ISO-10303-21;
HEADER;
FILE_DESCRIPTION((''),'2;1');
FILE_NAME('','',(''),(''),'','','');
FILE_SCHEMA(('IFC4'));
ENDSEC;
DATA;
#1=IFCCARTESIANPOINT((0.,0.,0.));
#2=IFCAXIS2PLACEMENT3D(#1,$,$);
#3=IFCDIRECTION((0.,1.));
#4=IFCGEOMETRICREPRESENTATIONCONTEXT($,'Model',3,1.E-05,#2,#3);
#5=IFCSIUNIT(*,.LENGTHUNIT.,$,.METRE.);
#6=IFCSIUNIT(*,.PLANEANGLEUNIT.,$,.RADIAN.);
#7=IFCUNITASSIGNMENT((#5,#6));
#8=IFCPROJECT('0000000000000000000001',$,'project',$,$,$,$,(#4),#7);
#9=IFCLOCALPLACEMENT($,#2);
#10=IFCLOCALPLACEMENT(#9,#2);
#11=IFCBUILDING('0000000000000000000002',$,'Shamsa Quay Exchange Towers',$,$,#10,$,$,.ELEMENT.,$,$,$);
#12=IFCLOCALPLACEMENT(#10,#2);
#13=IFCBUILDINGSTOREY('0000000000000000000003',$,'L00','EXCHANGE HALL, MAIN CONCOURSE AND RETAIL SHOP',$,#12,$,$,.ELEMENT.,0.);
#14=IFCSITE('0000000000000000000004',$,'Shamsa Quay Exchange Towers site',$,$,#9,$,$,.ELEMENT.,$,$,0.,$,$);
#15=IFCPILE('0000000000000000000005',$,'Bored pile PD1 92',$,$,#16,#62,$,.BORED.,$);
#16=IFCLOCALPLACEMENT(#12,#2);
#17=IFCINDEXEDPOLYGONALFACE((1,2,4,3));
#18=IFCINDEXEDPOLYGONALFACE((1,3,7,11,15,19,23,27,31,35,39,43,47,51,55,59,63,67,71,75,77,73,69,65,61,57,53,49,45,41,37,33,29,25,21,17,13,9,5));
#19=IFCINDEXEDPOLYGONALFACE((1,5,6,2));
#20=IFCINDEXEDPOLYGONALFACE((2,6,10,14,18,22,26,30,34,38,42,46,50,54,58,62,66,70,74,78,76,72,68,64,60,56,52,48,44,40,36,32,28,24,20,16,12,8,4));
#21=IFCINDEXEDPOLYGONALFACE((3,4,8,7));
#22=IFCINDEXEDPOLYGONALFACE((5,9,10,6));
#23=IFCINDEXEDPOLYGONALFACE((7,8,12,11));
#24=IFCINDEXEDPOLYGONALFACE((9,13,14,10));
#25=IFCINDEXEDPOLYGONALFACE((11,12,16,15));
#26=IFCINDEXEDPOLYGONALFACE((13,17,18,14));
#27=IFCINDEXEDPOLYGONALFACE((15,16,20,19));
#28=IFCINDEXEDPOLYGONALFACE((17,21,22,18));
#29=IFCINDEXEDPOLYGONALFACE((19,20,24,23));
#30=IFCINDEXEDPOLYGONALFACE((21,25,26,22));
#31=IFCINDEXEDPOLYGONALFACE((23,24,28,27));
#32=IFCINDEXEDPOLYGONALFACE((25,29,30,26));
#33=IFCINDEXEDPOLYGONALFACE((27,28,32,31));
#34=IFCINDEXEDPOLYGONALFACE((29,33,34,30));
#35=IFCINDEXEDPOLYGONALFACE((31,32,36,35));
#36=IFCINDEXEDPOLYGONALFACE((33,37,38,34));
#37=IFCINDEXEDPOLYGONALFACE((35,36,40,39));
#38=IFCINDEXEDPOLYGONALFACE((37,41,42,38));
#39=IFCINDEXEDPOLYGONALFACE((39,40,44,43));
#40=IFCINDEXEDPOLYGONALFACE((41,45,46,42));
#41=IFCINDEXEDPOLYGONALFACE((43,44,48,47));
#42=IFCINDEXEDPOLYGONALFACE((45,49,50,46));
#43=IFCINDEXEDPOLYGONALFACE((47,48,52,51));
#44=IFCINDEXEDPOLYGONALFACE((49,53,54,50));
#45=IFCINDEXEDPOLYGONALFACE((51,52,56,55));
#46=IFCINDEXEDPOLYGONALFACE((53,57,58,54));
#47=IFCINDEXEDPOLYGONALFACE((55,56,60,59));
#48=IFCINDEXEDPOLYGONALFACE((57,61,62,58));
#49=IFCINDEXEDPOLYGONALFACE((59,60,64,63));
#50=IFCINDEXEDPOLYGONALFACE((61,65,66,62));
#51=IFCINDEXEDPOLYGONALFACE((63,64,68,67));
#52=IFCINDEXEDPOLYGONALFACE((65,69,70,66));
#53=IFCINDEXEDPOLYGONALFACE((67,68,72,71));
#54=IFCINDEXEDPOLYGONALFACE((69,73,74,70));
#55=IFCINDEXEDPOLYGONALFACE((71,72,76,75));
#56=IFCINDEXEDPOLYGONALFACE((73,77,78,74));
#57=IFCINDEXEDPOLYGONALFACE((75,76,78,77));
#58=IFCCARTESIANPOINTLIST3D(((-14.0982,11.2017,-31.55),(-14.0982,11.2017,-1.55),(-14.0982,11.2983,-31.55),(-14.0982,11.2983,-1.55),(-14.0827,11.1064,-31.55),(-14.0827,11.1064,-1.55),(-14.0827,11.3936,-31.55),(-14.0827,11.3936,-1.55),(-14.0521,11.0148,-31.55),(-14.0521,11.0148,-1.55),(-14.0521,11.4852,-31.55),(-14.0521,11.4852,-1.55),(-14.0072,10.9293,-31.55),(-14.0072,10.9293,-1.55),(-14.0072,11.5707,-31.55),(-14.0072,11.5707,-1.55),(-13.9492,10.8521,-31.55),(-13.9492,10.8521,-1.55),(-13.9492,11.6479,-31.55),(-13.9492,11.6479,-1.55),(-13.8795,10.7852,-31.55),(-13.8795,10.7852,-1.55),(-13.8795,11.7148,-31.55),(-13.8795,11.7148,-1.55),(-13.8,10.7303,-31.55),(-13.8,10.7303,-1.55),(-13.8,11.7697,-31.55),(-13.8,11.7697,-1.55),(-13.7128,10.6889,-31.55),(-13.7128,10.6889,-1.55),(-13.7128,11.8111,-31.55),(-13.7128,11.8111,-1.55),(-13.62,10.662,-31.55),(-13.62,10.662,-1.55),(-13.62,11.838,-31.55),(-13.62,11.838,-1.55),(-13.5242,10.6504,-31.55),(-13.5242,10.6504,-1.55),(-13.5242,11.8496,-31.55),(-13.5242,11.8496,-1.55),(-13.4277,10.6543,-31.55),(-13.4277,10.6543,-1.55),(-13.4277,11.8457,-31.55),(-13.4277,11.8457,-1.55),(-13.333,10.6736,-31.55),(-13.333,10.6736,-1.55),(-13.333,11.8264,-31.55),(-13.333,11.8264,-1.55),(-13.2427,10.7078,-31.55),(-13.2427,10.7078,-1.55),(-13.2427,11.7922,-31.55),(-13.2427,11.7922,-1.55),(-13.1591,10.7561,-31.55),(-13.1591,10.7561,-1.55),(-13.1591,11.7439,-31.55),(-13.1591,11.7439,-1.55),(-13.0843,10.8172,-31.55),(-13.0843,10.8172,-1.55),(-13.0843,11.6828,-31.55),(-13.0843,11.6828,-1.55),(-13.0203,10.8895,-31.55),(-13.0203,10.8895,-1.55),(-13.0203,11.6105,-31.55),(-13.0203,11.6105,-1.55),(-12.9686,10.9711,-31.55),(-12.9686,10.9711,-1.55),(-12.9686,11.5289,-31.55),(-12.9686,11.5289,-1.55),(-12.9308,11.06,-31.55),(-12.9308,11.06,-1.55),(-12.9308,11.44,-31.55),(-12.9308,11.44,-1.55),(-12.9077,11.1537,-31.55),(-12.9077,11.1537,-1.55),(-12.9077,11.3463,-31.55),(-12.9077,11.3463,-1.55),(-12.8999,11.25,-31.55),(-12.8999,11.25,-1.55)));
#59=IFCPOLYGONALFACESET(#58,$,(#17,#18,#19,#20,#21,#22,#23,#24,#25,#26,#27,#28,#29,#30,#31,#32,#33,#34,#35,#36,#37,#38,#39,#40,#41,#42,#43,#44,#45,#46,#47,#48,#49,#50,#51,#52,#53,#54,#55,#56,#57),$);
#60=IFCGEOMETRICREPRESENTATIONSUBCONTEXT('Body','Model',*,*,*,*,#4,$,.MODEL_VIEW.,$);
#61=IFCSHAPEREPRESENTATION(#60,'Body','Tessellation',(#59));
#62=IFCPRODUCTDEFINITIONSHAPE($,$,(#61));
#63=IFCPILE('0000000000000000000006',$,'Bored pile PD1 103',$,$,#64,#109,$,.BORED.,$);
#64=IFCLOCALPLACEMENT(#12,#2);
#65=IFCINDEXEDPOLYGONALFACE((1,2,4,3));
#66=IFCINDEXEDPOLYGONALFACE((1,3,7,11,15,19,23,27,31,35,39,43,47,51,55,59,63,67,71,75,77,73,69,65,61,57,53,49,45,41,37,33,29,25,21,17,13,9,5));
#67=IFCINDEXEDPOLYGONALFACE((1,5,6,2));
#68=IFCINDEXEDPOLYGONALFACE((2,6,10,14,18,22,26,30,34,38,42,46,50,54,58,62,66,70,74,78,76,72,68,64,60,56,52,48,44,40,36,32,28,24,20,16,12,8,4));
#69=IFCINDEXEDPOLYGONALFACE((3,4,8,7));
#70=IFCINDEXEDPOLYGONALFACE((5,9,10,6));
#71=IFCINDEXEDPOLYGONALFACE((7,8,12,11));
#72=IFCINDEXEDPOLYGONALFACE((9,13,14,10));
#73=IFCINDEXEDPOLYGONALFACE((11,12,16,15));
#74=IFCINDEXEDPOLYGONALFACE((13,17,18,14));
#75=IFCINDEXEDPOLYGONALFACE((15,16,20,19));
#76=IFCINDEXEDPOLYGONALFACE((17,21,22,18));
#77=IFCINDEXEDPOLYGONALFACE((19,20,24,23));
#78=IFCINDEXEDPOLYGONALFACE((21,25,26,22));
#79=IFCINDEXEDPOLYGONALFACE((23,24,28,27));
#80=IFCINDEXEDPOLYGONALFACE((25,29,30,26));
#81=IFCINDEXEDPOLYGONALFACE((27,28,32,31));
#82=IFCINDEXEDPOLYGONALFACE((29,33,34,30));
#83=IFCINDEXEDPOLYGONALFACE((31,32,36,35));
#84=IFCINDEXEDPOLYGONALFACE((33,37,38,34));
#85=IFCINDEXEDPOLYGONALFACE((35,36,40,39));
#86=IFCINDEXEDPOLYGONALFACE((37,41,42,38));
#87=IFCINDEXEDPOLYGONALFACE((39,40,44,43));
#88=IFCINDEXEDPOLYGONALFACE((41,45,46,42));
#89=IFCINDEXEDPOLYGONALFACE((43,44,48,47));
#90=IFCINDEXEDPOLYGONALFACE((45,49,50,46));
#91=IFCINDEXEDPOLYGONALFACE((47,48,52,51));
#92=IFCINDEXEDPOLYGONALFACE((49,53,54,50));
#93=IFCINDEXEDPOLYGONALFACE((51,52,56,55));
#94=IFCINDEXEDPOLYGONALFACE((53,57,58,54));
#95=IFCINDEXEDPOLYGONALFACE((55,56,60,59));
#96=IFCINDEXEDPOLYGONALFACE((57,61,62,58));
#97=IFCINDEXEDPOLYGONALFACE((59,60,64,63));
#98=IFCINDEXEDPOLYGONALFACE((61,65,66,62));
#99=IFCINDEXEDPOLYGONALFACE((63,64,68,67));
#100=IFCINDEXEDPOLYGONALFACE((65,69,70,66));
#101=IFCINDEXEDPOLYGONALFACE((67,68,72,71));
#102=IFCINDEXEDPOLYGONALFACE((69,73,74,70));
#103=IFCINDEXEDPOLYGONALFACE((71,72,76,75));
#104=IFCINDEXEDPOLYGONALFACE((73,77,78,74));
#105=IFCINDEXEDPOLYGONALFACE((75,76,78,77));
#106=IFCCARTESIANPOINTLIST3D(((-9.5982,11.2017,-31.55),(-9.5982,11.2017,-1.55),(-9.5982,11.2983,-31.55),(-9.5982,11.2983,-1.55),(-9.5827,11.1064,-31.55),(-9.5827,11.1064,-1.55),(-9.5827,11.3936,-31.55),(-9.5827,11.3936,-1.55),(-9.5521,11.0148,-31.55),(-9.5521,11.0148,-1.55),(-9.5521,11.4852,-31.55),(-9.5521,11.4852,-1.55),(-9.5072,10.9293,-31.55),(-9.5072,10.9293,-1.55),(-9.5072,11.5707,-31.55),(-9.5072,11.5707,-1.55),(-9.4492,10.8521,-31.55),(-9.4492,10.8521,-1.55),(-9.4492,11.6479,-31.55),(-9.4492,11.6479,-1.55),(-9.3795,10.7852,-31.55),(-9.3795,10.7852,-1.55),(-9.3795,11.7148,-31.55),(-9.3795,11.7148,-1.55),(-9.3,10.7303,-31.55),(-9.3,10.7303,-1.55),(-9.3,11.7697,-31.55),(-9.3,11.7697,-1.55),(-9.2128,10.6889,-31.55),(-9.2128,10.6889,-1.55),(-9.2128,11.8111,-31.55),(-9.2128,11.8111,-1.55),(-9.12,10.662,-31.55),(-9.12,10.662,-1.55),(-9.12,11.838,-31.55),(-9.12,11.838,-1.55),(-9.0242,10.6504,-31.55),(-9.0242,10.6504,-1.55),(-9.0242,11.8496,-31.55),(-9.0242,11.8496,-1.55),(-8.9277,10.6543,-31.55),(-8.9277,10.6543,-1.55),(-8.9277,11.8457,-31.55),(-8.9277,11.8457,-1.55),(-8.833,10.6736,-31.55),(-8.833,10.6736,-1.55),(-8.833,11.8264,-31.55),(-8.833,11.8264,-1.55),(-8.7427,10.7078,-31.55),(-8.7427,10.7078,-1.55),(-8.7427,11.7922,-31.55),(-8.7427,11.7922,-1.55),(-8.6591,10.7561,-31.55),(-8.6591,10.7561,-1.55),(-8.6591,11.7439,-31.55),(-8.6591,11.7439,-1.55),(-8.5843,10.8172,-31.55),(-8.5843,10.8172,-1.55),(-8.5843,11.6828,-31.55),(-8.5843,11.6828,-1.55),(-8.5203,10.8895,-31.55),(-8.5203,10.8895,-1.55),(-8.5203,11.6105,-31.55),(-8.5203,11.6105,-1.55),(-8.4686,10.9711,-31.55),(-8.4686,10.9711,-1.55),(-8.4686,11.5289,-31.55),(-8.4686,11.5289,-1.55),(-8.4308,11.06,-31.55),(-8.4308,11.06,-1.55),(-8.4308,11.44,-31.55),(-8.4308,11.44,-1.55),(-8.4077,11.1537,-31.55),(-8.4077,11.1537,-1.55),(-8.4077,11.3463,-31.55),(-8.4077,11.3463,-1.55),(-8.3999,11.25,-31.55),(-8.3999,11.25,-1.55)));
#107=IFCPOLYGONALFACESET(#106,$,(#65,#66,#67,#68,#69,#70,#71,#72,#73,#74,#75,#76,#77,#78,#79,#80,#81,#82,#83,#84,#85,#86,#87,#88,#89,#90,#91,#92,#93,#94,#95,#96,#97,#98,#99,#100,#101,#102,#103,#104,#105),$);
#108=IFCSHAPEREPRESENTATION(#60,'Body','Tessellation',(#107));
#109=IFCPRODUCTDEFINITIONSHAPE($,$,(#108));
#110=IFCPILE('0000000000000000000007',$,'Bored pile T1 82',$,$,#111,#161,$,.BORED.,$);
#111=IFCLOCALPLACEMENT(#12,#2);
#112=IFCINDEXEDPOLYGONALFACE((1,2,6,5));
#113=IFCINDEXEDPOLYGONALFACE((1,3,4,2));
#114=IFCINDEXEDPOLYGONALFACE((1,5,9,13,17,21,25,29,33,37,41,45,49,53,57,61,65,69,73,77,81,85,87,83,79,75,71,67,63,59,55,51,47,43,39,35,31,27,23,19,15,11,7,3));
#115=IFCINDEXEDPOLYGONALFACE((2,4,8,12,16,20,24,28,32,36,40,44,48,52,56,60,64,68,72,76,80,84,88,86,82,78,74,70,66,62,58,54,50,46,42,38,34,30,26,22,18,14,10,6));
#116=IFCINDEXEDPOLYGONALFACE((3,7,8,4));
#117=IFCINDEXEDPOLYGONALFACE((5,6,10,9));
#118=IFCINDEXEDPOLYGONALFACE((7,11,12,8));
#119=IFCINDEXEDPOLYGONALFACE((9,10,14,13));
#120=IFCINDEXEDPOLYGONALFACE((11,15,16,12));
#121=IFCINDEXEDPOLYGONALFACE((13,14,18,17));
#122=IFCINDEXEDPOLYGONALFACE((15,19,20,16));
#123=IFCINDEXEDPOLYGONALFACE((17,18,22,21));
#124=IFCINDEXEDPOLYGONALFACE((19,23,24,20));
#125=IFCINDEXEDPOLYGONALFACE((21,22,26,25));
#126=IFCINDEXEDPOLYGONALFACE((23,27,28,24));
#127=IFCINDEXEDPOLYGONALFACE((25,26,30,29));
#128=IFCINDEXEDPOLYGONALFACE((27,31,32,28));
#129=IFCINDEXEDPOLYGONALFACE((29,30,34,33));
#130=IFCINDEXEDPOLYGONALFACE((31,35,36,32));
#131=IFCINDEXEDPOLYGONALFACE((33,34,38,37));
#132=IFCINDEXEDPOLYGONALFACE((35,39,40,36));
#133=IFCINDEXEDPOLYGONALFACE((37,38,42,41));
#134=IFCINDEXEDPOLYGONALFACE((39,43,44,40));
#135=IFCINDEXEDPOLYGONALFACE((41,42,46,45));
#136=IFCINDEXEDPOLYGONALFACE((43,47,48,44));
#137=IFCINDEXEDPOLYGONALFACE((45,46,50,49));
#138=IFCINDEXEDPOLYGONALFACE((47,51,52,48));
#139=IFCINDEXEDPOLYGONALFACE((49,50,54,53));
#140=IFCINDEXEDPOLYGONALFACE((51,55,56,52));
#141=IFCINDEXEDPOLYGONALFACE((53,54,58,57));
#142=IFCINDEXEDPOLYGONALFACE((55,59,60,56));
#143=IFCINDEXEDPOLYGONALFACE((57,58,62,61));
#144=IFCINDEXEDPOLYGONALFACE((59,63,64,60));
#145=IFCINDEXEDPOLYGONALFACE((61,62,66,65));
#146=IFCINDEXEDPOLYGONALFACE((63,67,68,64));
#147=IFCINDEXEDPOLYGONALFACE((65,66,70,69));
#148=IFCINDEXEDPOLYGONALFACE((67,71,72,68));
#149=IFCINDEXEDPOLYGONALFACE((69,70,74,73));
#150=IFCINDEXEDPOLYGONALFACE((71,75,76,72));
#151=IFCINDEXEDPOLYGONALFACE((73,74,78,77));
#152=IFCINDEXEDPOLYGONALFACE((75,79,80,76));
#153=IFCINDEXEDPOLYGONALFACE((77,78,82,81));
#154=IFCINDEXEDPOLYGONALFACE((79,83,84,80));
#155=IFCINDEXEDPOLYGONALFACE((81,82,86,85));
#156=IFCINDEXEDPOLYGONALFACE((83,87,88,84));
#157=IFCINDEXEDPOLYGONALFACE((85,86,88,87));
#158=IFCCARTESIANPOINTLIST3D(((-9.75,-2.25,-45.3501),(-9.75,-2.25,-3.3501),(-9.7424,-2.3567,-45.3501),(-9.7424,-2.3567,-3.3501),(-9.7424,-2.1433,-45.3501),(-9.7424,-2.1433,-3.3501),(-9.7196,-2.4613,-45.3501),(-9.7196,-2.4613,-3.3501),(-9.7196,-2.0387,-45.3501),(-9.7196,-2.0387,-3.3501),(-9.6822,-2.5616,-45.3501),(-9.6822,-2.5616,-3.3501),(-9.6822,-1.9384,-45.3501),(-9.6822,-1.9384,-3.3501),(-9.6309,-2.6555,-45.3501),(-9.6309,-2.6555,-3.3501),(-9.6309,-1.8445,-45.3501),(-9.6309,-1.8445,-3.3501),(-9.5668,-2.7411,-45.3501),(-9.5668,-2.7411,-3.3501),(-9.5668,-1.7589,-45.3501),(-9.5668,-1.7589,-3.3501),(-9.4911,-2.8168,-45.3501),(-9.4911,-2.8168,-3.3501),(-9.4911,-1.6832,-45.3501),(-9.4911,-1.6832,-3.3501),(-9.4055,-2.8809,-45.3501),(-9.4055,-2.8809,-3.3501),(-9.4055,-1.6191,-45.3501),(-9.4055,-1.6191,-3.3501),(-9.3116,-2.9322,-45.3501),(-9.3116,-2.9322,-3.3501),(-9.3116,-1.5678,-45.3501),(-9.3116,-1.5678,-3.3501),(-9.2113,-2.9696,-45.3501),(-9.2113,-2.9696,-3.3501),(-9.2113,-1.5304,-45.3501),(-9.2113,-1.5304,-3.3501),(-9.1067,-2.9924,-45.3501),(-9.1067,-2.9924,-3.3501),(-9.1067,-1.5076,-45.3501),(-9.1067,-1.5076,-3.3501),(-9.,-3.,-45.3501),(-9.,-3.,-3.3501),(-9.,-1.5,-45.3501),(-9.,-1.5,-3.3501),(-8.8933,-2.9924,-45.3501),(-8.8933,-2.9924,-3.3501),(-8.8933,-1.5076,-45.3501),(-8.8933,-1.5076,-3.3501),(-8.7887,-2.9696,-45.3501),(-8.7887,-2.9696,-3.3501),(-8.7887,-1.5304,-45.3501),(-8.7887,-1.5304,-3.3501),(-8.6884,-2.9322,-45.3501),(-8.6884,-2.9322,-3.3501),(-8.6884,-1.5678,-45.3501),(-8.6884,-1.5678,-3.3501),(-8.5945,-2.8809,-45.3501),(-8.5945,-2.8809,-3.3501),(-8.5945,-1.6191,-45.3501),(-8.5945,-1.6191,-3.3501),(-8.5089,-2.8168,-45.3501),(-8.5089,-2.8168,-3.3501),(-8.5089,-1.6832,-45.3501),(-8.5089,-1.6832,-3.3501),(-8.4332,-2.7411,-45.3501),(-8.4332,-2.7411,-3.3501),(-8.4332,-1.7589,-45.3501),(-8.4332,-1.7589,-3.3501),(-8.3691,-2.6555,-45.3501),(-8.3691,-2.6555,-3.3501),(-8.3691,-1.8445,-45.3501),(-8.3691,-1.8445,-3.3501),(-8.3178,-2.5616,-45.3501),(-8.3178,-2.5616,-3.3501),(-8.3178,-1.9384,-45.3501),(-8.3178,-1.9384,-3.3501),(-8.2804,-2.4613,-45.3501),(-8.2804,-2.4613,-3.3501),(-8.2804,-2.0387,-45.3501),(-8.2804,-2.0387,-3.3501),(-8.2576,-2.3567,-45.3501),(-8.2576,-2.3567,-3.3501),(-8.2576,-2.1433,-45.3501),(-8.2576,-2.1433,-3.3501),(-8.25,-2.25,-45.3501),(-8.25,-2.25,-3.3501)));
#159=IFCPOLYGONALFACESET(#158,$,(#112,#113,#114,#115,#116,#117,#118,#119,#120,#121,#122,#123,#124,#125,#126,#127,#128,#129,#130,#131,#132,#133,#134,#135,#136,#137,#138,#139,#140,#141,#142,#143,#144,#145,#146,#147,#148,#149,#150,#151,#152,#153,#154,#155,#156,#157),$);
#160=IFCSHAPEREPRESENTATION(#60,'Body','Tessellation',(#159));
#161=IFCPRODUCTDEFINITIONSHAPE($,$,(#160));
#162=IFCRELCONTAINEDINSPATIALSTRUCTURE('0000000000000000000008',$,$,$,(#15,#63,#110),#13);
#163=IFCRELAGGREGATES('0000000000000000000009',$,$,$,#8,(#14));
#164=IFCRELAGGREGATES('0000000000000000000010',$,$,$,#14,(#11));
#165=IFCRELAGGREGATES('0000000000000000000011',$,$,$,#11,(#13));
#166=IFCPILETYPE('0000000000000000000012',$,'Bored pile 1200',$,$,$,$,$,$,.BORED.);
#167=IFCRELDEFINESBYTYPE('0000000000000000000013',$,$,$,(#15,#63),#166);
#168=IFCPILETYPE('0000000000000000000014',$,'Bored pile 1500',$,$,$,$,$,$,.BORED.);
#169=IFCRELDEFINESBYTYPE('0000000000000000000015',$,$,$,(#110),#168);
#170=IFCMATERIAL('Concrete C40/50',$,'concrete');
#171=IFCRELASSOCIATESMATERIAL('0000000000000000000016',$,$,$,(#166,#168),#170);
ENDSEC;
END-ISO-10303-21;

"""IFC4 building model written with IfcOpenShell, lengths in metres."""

from ifc_helpers import new_model, si_unit, direction, frame, origin, origin_2d, place, context, subcontext, project, spatial, circle, extrude, material, material_profile, profile_set, type_object, element, save


model = new_model("IFC4")

# Units and contexts
model_context = context("Model", 3, precision=1e-05, world=origin(), true_north=direction((0.0, 1.0)))
body_context = subcontext(model_context, "Body", "Model", "MODEL_VIEW")
ifc_project = project(units=[si_unit("LENGTHUNIT", "METRE"), si_unit("PLANEANGLEUNIT", "RADIAN")], contexts=[model_context])

# Site, building, storey
site_placement = place(None, origin())
site = spatial("IfcSite", under=ifc_project, at=site_placement, Name="Shamsa Quay Exchange Towers site", CompositionType="ELEMENT", RefElevation=0.0)
building_placement = place(site_placement, origin())
building = spatial("IfcBuilding", under=site, at=building_placement, Name="Shamsa Quay Exchange Towers", CompositionType="ELEMENT")
storey_placement = place(building_placement, origin())
storey = spatial("IfcBuildingStorey", under=building, at=storey_placement, Name="L00", Description="EXCHANGE HALL, MAIN CONCOURSE AND RETAIL SHOP", CompositionType="ELEMENT", Elevation=0.0)

# Piles
ifc_material_1 = material(Name="Concrete C40/50", Category="concrete")
ifc_material_profile_1 = material_profile(ifc_material_1, circle(Radius=0.6001, at=origin_2d()), Name="BP1200")
ifc_profile_set_1 = profile_set([ifc_material_profile_1], Name="Concrete C40/50")
pile_type_1 = type_object("IfcPileType", Name="Bored pile 1200", PredefinedType="BORED", material=ifc_profile_set_1)
for number, where, z_axis, x_axis, name in (
    (1, (-13.5, 11.25, -1.55), (0.0, 0.0, -1.0), (1.0, 0.0, 0.0), "Bored pile PD1 92"),
    (2, (-9.0, 11.25, -1.55), (0.0, 0.0, -1.0), (1.0, 0.0, 0.0), "Bored pile PD1 103"),
):
    element("IfcPile", number, at=place(storey_placement, frame(where, z_axis=z_axis, x_axis=x_axis)), inside=storey, type_object=pile_type_1, Name=name, PredefinedType="BORED", context=body_context, shape_type="SweptSolid", body=[
        extrude(circle(Radius=0.6001, at=origin_2d()), origin(), (0.0, 0.0, 1.0), 30.0),
    ])
ifc_material_profile_2 = material_profile(ifc_material_1, circle(Radius=0.75, at=origin_2d()), Name="BP1500")
ifc_profile_set_2 = profile_set([ifc_material_profile_2], Name="Concrete C40/50")
pile_type_2 = type_object("IfcPileType", Name="Bored pile 1500", PredefinedType="BORED", material=ifc_profile_set_2)
for number, where, z_axis, x_axis, name in (
    (3, (-9.0, -2.25, -3.3501), (0.0, 0.0, -1.0), (1.0, 0.0, 0.0), "Bored pile T1 82"),
):
    element("IfcPile", number, at=place(storey_placement, frame(where, z_axis=z_axis, x_axis=x_axis)), inside=storey, type_object=pile_type_2, Name=name, PredefinedType="BORED", context=body_context, shape_type="SweptSolid", body=[
        extrude(circle(Radius=0.75, at=origin_2d()), origin(), (0.0, 0.0, 1.0), 42.0),
    ])

save(model, "model.ifc")
